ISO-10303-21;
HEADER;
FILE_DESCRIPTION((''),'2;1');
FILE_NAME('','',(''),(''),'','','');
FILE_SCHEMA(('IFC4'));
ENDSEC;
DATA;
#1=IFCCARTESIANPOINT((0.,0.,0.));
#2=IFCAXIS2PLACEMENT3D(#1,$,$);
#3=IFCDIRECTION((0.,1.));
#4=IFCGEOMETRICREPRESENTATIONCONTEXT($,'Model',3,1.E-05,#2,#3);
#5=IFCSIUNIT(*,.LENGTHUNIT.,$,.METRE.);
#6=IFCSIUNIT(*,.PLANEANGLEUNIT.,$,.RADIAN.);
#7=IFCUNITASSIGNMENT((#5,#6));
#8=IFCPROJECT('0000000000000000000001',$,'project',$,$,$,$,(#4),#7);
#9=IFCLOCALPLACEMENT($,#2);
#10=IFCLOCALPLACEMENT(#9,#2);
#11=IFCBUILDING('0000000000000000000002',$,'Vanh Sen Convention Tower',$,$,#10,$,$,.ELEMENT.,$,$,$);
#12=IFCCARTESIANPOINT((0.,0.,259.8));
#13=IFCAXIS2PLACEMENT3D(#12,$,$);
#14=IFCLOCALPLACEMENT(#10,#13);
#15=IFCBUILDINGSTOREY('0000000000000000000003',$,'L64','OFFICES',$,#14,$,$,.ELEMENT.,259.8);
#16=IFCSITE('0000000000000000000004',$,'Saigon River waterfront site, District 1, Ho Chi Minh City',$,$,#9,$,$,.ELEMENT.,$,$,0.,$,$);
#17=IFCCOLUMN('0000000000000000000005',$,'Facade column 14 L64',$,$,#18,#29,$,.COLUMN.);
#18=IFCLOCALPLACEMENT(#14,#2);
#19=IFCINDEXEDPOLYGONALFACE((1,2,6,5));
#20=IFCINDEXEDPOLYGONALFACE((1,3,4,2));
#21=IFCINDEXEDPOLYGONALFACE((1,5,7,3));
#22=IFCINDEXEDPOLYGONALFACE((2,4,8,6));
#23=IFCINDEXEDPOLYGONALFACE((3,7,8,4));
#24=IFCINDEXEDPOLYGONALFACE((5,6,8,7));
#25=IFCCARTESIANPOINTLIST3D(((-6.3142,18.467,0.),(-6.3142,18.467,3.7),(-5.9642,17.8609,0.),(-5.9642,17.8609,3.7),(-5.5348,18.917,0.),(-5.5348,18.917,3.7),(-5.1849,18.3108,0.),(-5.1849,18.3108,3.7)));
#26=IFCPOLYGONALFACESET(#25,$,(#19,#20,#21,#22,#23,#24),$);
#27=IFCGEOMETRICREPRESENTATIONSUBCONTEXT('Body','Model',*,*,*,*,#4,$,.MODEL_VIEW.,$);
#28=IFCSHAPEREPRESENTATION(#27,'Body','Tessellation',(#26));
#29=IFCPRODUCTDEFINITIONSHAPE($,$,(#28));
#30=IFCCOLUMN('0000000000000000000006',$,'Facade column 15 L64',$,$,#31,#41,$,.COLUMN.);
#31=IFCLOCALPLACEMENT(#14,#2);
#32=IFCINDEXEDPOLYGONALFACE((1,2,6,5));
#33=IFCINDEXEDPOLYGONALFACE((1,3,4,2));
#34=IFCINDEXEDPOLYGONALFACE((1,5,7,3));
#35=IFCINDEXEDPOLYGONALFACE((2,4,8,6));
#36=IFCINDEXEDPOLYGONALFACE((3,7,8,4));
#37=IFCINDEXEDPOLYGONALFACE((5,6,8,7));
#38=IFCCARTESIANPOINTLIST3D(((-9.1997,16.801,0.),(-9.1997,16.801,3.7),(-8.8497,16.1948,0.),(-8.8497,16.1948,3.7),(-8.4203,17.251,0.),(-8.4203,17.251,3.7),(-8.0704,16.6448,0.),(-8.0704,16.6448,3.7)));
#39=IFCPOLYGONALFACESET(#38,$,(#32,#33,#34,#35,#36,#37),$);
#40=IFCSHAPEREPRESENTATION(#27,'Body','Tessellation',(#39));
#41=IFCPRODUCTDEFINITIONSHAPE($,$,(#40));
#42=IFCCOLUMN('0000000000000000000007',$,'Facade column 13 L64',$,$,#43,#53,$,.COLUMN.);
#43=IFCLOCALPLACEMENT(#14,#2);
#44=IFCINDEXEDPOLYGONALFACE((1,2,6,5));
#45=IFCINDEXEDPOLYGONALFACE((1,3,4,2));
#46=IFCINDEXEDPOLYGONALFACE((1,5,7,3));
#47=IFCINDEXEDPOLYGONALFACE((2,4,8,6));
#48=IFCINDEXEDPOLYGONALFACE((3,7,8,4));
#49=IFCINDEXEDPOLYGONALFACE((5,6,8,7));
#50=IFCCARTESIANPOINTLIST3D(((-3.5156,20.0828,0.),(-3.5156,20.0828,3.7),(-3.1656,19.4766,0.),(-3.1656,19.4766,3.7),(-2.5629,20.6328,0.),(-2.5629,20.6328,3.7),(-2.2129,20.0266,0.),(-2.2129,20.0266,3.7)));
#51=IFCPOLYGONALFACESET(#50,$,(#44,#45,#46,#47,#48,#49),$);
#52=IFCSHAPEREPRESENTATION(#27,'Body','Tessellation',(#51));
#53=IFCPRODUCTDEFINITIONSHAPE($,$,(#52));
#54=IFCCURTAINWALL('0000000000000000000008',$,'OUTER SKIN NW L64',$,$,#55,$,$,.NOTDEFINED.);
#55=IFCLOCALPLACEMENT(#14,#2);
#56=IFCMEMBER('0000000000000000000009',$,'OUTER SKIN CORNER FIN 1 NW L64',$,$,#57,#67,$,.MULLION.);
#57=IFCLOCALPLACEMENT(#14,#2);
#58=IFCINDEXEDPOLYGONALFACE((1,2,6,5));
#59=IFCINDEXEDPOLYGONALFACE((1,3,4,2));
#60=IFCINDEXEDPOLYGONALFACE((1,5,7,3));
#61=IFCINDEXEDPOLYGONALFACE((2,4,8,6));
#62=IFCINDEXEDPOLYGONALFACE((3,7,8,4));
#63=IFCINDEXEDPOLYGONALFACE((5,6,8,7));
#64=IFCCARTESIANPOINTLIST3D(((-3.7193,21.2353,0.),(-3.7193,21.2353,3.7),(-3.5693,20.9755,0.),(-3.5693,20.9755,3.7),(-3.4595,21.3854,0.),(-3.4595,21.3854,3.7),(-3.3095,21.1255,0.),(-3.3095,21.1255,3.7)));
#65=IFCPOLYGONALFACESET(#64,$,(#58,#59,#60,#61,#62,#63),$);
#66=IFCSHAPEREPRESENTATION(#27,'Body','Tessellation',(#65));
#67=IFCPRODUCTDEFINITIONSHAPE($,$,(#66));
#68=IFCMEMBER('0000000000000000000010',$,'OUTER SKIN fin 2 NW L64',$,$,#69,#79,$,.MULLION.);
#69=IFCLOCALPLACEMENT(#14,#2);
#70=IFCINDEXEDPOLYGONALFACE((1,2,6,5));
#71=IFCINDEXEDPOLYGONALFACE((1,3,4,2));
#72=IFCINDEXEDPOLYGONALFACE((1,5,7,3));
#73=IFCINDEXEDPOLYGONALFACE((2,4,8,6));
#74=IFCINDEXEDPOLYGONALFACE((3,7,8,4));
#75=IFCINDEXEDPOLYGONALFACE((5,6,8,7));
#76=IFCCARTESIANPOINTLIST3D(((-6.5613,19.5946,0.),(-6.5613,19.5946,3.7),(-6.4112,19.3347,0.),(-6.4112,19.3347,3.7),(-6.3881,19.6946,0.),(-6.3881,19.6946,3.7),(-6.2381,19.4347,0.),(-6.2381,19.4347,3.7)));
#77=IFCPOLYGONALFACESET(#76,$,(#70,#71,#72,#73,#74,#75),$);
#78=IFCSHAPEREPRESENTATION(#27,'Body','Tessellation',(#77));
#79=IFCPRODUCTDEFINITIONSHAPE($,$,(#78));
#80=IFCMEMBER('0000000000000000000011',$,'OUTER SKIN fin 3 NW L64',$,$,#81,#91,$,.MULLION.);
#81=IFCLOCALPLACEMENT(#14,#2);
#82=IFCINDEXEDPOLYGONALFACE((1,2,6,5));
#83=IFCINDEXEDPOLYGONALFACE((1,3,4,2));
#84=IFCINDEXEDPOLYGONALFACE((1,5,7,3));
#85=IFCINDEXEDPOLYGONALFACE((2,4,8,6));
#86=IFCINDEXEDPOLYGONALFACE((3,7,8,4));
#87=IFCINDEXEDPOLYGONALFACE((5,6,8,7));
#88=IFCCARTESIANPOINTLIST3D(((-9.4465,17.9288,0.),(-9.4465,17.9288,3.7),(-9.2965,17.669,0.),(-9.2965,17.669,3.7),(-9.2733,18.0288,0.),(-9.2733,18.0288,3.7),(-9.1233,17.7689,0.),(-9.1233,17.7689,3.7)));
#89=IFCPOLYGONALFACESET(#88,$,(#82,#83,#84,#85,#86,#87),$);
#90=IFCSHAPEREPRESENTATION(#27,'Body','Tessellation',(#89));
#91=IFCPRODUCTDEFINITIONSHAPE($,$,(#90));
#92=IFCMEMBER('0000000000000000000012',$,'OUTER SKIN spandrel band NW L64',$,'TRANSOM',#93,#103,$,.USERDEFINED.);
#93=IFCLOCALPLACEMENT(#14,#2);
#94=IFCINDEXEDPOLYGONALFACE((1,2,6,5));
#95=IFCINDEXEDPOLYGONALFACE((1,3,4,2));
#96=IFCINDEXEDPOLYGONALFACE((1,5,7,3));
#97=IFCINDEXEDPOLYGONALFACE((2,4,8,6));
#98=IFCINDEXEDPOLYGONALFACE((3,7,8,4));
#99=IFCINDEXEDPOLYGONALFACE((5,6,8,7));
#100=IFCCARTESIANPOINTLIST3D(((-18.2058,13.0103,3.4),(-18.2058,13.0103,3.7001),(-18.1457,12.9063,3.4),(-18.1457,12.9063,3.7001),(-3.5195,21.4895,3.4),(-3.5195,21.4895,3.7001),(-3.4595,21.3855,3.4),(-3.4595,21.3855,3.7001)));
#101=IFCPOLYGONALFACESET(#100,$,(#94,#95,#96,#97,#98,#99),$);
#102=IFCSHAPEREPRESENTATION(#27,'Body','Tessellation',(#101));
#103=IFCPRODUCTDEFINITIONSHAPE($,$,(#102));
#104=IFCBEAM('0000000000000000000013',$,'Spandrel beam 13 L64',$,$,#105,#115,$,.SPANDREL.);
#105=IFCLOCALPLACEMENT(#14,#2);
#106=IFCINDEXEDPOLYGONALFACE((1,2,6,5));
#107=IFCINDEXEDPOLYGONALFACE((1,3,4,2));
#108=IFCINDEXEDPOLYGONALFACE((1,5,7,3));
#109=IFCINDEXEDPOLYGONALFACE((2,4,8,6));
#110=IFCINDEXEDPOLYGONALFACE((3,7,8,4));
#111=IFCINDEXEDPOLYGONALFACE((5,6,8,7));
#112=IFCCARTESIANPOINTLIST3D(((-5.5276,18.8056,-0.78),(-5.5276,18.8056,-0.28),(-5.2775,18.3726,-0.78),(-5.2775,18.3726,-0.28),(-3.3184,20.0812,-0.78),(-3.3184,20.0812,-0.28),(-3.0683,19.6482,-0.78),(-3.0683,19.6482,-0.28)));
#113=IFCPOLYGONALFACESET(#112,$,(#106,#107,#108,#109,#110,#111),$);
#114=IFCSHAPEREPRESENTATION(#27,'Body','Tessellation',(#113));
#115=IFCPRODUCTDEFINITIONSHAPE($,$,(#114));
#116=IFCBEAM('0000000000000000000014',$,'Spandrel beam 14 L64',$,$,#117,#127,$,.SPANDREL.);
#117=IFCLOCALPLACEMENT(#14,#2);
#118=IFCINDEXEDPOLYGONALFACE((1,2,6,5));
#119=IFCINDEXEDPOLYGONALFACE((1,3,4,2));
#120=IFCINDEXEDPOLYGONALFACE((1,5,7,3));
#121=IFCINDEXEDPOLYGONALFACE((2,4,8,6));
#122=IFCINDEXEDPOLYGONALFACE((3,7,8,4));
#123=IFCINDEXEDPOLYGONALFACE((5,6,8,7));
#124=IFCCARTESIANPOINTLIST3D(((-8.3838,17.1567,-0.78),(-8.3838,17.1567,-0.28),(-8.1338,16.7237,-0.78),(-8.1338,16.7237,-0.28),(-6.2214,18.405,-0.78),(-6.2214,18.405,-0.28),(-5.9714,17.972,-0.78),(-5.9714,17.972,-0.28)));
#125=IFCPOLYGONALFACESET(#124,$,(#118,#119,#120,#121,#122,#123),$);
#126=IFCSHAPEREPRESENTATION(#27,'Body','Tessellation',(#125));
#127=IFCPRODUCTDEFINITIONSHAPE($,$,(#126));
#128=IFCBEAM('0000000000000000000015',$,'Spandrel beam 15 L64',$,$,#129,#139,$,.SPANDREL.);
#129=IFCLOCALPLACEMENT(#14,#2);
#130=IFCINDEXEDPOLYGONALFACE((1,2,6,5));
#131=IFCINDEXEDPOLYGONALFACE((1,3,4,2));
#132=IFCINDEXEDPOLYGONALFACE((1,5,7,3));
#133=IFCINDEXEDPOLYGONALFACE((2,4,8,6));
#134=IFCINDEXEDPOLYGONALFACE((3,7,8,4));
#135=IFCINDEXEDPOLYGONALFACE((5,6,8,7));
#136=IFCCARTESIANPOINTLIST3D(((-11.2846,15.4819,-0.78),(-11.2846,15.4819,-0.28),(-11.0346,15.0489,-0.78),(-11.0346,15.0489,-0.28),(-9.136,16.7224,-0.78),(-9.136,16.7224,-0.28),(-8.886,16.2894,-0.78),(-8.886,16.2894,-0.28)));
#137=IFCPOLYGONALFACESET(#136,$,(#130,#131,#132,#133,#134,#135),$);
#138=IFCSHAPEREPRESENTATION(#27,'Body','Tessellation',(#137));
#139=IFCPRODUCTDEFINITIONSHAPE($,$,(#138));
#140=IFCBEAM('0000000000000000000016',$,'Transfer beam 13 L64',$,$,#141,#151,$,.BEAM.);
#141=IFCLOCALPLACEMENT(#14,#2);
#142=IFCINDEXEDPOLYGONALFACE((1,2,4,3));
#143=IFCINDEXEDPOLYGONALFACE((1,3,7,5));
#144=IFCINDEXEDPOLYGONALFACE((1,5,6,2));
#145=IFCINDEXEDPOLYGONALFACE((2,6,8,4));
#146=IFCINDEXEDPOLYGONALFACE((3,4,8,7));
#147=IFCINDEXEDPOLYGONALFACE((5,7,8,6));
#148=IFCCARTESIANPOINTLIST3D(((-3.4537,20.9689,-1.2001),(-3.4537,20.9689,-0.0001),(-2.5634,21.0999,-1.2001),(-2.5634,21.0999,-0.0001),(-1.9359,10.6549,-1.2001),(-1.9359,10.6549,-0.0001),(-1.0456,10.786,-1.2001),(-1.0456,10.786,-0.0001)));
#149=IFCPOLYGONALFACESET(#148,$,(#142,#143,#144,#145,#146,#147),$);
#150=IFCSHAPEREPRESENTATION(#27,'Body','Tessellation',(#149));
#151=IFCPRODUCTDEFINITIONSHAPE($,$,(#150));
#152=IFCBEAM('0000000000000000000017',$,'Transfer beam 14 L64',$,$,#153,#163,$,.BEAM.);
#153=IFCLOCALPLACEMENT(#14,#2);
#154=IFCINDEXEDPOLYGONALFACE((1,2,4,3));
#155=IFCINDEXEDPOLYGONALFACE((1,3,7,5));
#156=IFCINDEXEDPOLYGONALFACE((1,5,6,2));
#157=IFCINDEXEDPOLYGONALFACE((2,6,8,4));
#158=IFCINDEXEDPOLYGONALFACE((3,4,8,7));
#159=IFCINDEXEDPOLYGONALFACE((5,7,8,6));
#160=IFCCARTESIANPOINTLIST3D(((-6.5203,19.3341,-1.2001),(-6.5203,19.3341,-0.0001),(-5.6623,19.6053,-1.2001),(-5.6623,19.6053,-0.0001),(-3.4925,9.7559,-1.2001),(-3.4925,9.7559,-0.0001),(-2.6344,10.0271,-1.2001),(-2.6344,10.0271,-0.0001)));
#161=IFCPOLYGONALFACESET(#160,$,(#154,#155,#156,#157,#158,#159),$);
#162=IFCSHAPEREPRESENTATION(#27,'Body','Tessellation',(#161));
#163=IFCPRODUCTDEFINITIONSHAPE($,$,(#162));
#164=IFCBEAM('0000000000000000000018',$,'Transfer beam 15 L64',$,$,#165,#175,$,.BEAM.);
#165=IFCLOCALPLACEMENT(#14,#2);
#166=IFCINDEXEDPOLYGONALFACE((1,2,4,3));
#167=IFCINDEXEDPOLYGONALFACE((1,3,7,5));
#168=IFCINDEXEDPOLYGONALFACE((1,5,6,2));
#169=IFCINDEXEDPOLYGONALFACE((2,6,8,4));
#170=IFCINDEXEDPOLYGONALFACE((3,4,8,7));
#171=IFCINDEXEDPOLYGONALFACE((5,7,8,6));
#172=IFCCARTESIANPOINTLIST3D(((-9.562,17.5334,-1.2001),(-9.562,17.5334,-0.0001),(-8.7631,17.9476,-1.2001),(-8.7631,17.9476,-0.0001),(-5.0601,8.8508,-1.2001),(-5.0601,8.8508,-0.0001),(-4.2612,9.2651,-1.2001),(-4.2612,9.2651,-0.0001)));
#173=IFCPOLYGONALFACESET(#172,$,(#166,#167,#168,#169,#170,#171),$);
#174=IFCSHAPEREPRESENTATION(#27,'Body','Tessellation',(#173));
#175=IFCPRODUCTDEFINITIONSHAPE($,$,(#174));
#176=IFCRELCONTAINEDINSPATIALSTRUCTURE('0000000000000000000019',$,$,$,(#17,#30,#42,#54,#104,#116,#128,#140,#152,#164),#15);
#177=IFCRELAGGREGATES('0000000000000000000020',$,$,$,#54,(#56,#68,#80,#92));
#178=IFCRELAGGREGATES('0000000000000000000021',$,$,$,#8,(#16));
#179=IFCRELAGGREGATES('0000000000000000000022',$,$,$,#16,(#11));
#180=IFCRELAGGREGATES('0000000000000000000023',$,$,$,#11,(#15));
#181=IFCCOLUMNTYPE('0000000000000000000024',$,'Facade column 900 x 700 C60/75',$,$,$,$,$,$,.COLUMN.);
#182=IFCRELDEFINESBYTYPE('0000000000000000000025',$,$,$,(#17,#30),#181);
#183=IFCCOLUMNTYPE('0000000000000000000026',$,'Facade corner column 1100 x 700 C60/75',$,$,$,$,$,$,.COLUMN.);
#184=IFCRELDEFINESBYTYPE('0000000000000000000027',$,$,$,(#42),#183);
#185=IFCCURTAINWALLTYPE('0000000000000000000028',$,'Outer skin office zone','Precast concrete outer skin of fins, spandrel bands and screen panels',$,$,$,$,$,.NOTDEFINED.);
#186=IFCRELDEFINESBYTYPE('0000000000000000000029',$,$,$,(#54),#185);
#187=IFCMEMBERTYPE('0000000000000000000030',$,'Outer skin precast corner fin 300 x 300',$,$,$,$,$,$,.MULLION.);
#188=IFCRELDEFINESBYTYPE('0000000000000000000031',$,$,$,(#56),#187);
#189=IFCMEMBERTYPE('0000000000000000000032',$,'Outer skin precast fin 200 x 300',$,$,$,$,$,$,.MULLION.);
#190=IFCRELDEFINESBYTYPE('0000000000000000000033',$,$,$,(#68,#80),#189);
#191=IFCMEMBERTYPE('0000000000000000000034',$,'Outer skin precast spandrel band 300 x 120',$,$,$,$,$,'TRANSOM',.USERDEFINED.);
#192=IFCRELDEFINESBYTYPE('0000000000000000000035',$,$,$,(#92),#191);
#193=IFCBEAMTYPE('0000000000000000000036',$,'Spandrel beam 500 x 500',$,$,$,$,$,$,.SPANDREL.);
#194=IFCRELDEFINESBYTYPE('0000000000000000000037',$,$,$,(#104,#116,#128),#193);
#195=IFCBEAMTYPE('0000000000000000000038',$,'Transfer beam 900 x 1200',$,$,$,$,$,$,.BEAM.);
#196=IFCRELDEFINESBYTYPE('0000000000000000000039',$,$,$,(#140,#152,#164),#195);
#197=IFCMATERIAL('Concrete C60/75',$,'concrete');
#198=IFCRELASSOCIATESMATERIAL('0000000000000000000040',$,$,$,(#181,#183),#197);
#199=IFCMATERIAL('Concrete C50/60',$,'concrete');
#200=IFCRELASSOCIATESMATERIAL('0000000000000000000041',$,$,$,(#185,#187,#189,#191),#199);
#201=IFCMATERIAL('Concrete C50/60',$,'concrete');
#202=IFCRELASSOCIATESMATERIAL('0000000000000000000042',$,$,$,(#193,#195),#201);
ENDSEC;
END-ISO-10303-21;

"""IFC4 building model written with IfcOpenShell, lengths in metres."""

from ifc_helpers import new_model, si_unit, direction, frame, origin, origin_2d, place, context, subcontext, project, spatial, rectangle, extrude, material, material_profile, profile_set, type_object, element, aggregate, save


model = new_model("IFC4")

# Units and contexts
model_context = context("Model", 3, precision=1e-05, world=origin(), true_north=direction((0.0, 1.0)))
body_context = subcontext(model_context, "Body", "Model", "MODEL_VIEW")
ifc_project = project(units=[si_unit("LENGTHUNIT", "METRE"), si_unit("PLANEANGLEUNIT", "RADIAN")], contexts=[model_context])

# Site, building, storey
site_placement = place(None, origin())
site = spatial("IfcSite", under=ifc_project, at=site_placement, Name="Saigon River waterfront site, District 1, Ho Chi Minh City", CompositionType="ELEMENT", RefElevation=0.0)
building_placement = place(site_placement, origin())
building = spatial("IfcBuilding", under=site, at=building_placement, Name="Vanh Sen Convention Tower", CompositionType="ELEMENT")
storey_placement = place(building_placement, frame((0.0, 0.0, 259.8)))
storey = spatial("IfcBuildingStorey", under=building, at=storey_placement, Name="L64", Description="OFFICES", CompositionType="ELEMENT", Elevation=259.8)

# Columns
ifc_material_1 = material(Name="Concrete C60/75", Category="concrete")
ifc_material_profile_1 = material_profile(ifc_material_1, rectangle(XDim=0.8999, YDim=0.7, at=origin_2d()), Name="RC 900X700")
ifc_profile_set_1 = profile_set([ifc_material_profile_1], Name="Concrete C60/75")
column_type_1 = type_object("IfcColumnType", Name="Facade column 900 x 700 C60/75", PredefinedType="COLUMN", material=ifc_profile_set_1)
for number, where, z_axis, x_axis, name in (
    (1, (-5.7495, 18.3889, 0.0), (0.0, 0.0, 1.0), (-0.866025, -0.5, 0.0), "Facade column 14 L64"),
    (2, (-8.635, 16.7229, 0.0), (0.0, 0.0, 1.0), (-0.866025, -0.5, 0.0), "Facade column 15 L64"),
):
    element("IfcColumn", number, at=place(storey_placement, frame(where, z_axis=z_axis, x_axis=x_axis)), inside=storey, type_object=column_type_1, Name=name, PredefinedType="COLUMN", context=body_context, shape_type="SweptSolid", body=[
        extrude(rectangle(XDim=0.8999, YDim=0.7, at=origin_2d()), origin(), (0.0, 0.0, 1.0), 3.7),
    ])
ifc_material_profile_2 = material_profile(ifc_material_1, rectangle(XDim=1.1001, YDim=0.7, at=origin_2d()), Name="RC 1100X700")
ifc_profile_set_2 = profile_set([ifc_material_profile_2], Name="Concrete C60/75")
column_type_2 = type_object("IfcColumnType", Name="Facade corner column 1100 x 700 C60/75", PredefinedType="COLUMN", material=ifc_profile_set_2)
column_placement = place(storey_placement, frame((-2.8643, 20.0547, 0.0), z_axis=(0.0, 0.0, 1.0), x_axis=(-0.866025, -0.5, 0.0)))
element("IfcColumn", 3, at=column_placement, inside=storey, type_object=column_type_2, Name="Facade column 13 L64", PredefinedType="COLUMN", context=body_context, shape_type="SweptSolid", body=[
    extrude(rectangle(XDim=1.1001, YDim=0.7, at=origin_2d()), origin(), (0.0, 0.0, 1.0), 3.7),
])

# Curtain wall, members
ifc_material_2 = material(Name="Concrete C50/60", Category="concrete")
curtain_wall_type = type_object("IfcCurtainWallType", Name="Outer skin office zone", Description="Precast concrete outer skin of fins, spandrel bands and screen panels", PredefinedType="NOTDEFINED", material=ifc_material_2)
curtain_wall_1_placement = place(storey_placement, origin())
curtain_wall_1 = element("IfcCurtainWall", 4, at=curtain_wall_1_placement, inside=storey, type_object=curtain_wall_type, Name="OUTER SKIN NW L64", PredefinedType="NOTDEFINED")
ifc_material_profile_3 = material_profile(ifc_material_2, rectangle(XDim=0.3, YDim=0.3, at=origin_2d()), Name="Outer skin precast corner fin 300 x 300")
ifc_profile_set_3 = profile_set([ifc_material_profile_3], Name="Concrete C50/60")
member_type_1 = type_object("IfcMemberType", Name="Outer skin precast corner fin 300 x 300", PredefinedType="MULLION", material=ifc_profile_set_3)
member_1_placement = place(storey_placement, frame((-3.5144, 21.1804, 0.0), z_axis=(0.0, 0.0, 1.0), x_axis=(-0.866025, -0.5, 0.0)))
member_1 = element("IfcMember", 5, at=member_1_placement, type_object=member_type_1, Name="OUTER SKIN CORNER FIN 1 NW L64", PredefinedType="MULLION", context=body_context, shape_type="SweptSolid", body=[
    extrude(rectangle(XDim=0.3, YDim=0.3, at=origin_2d()), origin(), (0.0, 0.0, 1.0), 3.7),
])
ifc_material_profile_4 = material_profile(ifc_material_2, rectangle(XDim=0.2, YDim=0.3, at=origin_2d()), Name="Outer skin precast fin 200 x 300")
ifc_profile_set_4 = profile_set([ifc_material_profile_4], Name="Concrete C50/60")
member_type_2 = type_object("IfcMemberType", Name="Outer skin precast fin 200 x 300", PredefinedType="MULLION", material=ifc_profile_set_4)
member_2_placement = place(storey_placement, frame((-6.3997, 19.5146, 0.0), z_axis=(0.0, 0.0, 1.0), x_axis=(-0.866025, -0.5, 0.0)))
member_2 = element("IfcMember", 6, at=member_2_placement, type_object=member_type_2, Name="OUTER SKIN fin 2 NW L64", PredefinedType="MULLION", context=body_context, shape_type="SweptSolid", body=[
    extrude(rectangle(XDim=0.2, YDim=0.3, at=origin_2d()), origin(), (0.0, 0.0, 1.0), 3.7),
])
member_3_placement = place(storey_placement, frame((-9.2849, 17.8489, 0.0), z_axis=(0.0, 0.0, 1.0), x_axis=(-0.866025, -0.5, 0.0)))
member_3 = element("IfcMember", 7, at=member_3_placement, type_object=member_type_2, Name="OUTER SKIN fin 3 NW L64", PredefinedType="MULLION", context=body_context, shape_type="SweptSolid", body=[
    extrude(rectangle(XDim=0.2, YDim=0.3, at=origin_2d()), origin(), (0.0, 0.0, 1.0), 3.7),
])
ifc_material_profile_5 = material_profile(ifc_material_2, rectangle(XDim=0.1201, YDim=0.3, at=origin_2d()), Name="Outer skin precast spandrel band 300 x 120")
ifc_profile_set_5 = profile_set([ifc_material_profile_5], Name="Concrete C50/60")
member_type_3 = type_object("IfcMemberType", Name="Outer skin precast spandrel band 300 x 120", ElementType="TRANSOM", PredefinedType="USERDEFINED", material=ifc_profile_set_5)
member_4_placement = place(storey_placement, frame((-3.4895, 21.4375, 3.55), z_axis=(-0.866022, -0.500005, 0.0), x_axis=(0.500005, -0.866022, 0.0)))
member_4 = element("IfcMember", 8, at=member_4_placement, type_object=member_type_3, Name="OUTER SKIN spandrel band NW L64", ObjectType="TRANSOM", PredefinedType="USERDEFINED", context=body_context, shape_type="SweptSolid", body=[
    extrude(rectangle(XDim=0.1201, YDim=0.3, at=origin_2d()), origin(), (0.0, 0.0, 1.0), 16.9583),
])

# Beams
ifc_material_3 = material(Name="Concrete C50/60", Category="concrete")
ifc_material_profile_6 = material_profile(ifc_material_3, rectangle(XDim=0.5, YDim=0.5, at=origin_2d()), Name="RC 500X500")
ifc_profile_set_6 = profile_set([ifc_material_profile_6], Name="Concrete C50/60")
beam_type_1 = type_object("IfcBeamType", Name="Spandrel beam 500 x 500", PredefinedType="SPANDREL", material=ifc_profile_set_6)
beam_1_placement = place(storey_placement, frame((-3.1934, 19.8647, -0.53), z_axis=(-0.866002, -0.50004, 0.0), x_axis=(0.50004, -0.866002, 0.0)))
element("IfcBeam", 9, at=beam_1_placement, inside=storey, type_object=beam_type_1, Name="Spandrel beam 13 L64", PredefinedType="SPANDREL", context=body_context, shape_type="SweptSolid", body=[
    extrude(rectangle(XDim=0.5, YDim=0.5, at=origin_2d()), origin(), (0.0, 0.0, 1.0), 2.551),
])
beam_2_placement = place(storey_placement, frame((-6.0964, 18.1885, -0.53), z_axis=(-0.86605, -0.499957, 0.0), x_axis=(0.499957, -0.86605, 0.0)))
element("IfcBeam", 10, at=beam_2_placement, inside=storey, type_object=beam_type_1, Name="Spandrel beam 14 L64", PredefinedType="SPANDREL", context=body_context, shape_type="SweptSolid", body=[
    extrude(rectangle(XDim=0.5, YDim=0.5, at=origin_2d()), origin(), (0.0, 0.0, 1.0), 2.4968),
])
beam_3_placement = place(storey_placement, frame((-9.011, 16.5059, -0.53), z_axis=(-0.866036, -0.499981, 0.0), x_axis=(0.499981, -0.866036, 0.0)))
element("IfcBeam", 11, at=beam_3_placement, inside=storey, type_object=beam_type_1, Name="Spandrel beam 15 L64", PredefinedType="SPANDREL", context=body_context, shape_type="SweptSolid", body=[
    extrude(rectangle(XDim=0.5, YDim=0.5, at=origin_2d()), origin(), (0.0, 0.0, 1.0), 2.481),
])
ifc_material_profile_7 = material_profile(ifc_material_3, rectangle(XDim=0.8999, YDim=1.2, at=origin_2d()), Name="RC 900X1200")
ifc_profile_set_7 = profile_set([ifc_material_profile_7], Name="Concrete C50/60")
beam_type_2 = type_object("IfcBeamType", Name="Transfer beam 900 x 1200", PredefinedType="BEAM", material=ifc_profile_set_7)
beam_4_placement = place(storey_placement, frame((-3.0085, 21.0344, -0.6001), z_axis=(0.145594, -0.989344, 0.0), x_axis=(0.989344, 0.145594, 0.0)))
element("IfcBeam", 12, at=beam_4_placement, inside=storey, type_object=beam_type_2, Name="Transfer beam 13 L64", PredefinedType="BEAM", context=body_context, shape_type="SweptSolid", body=[
    extrude(rectangle(XDim=0.8999, YDim=1.2, at=origin_2d()), origin(), (0.0, 0.0, 1.0), 10.425),
])
beam_5_placement = place(storey_placement, frame((-6.0913, 19.4697, -0.6001), z_axis=(0.301417, -0.953492, 0.0), x_axis=(0.953492, 0.301417, 0.0)))
element("IfcBeam", 13, at=beam_5_placement, inside=storey, type_object=beam_type_2, Name="Transfer beam 14 L64", PredefinedType="BEAM", context=body_context, shape_type="SweptSolid", body=[
    extrude(rectangle(XDim=0.8999, YDim=1.2, at=origin_2d()), origin(), (0.0, 0.0, 1.0), 10.0454),
])
beam_6_placement = place(storey_placement, frame((-9.1626, 17.7405, -0.6001), z_axis=(0.460306, -0.887761, 0.0), x_axis=(0.887761, 0.460306, 0.0)))
element("IfcBeam", 14, at=beam_6_placement, inside=storey, type_object=beam_type_2, Name="Transfer beam 15 L64", PredefinedType="BEAM", context=body_context, shape_type="SweptSolid", body=[
    extrude(rectangle(XDim=0.8999, YDim=1.2, at=origin_2d()), origin(), (0.0, 0.0, 1.0), 9.7803),
])

aggregate(curtain_wall_1, [member_1, member_2, member_3, member_4])

save(model, "model.ifc")
